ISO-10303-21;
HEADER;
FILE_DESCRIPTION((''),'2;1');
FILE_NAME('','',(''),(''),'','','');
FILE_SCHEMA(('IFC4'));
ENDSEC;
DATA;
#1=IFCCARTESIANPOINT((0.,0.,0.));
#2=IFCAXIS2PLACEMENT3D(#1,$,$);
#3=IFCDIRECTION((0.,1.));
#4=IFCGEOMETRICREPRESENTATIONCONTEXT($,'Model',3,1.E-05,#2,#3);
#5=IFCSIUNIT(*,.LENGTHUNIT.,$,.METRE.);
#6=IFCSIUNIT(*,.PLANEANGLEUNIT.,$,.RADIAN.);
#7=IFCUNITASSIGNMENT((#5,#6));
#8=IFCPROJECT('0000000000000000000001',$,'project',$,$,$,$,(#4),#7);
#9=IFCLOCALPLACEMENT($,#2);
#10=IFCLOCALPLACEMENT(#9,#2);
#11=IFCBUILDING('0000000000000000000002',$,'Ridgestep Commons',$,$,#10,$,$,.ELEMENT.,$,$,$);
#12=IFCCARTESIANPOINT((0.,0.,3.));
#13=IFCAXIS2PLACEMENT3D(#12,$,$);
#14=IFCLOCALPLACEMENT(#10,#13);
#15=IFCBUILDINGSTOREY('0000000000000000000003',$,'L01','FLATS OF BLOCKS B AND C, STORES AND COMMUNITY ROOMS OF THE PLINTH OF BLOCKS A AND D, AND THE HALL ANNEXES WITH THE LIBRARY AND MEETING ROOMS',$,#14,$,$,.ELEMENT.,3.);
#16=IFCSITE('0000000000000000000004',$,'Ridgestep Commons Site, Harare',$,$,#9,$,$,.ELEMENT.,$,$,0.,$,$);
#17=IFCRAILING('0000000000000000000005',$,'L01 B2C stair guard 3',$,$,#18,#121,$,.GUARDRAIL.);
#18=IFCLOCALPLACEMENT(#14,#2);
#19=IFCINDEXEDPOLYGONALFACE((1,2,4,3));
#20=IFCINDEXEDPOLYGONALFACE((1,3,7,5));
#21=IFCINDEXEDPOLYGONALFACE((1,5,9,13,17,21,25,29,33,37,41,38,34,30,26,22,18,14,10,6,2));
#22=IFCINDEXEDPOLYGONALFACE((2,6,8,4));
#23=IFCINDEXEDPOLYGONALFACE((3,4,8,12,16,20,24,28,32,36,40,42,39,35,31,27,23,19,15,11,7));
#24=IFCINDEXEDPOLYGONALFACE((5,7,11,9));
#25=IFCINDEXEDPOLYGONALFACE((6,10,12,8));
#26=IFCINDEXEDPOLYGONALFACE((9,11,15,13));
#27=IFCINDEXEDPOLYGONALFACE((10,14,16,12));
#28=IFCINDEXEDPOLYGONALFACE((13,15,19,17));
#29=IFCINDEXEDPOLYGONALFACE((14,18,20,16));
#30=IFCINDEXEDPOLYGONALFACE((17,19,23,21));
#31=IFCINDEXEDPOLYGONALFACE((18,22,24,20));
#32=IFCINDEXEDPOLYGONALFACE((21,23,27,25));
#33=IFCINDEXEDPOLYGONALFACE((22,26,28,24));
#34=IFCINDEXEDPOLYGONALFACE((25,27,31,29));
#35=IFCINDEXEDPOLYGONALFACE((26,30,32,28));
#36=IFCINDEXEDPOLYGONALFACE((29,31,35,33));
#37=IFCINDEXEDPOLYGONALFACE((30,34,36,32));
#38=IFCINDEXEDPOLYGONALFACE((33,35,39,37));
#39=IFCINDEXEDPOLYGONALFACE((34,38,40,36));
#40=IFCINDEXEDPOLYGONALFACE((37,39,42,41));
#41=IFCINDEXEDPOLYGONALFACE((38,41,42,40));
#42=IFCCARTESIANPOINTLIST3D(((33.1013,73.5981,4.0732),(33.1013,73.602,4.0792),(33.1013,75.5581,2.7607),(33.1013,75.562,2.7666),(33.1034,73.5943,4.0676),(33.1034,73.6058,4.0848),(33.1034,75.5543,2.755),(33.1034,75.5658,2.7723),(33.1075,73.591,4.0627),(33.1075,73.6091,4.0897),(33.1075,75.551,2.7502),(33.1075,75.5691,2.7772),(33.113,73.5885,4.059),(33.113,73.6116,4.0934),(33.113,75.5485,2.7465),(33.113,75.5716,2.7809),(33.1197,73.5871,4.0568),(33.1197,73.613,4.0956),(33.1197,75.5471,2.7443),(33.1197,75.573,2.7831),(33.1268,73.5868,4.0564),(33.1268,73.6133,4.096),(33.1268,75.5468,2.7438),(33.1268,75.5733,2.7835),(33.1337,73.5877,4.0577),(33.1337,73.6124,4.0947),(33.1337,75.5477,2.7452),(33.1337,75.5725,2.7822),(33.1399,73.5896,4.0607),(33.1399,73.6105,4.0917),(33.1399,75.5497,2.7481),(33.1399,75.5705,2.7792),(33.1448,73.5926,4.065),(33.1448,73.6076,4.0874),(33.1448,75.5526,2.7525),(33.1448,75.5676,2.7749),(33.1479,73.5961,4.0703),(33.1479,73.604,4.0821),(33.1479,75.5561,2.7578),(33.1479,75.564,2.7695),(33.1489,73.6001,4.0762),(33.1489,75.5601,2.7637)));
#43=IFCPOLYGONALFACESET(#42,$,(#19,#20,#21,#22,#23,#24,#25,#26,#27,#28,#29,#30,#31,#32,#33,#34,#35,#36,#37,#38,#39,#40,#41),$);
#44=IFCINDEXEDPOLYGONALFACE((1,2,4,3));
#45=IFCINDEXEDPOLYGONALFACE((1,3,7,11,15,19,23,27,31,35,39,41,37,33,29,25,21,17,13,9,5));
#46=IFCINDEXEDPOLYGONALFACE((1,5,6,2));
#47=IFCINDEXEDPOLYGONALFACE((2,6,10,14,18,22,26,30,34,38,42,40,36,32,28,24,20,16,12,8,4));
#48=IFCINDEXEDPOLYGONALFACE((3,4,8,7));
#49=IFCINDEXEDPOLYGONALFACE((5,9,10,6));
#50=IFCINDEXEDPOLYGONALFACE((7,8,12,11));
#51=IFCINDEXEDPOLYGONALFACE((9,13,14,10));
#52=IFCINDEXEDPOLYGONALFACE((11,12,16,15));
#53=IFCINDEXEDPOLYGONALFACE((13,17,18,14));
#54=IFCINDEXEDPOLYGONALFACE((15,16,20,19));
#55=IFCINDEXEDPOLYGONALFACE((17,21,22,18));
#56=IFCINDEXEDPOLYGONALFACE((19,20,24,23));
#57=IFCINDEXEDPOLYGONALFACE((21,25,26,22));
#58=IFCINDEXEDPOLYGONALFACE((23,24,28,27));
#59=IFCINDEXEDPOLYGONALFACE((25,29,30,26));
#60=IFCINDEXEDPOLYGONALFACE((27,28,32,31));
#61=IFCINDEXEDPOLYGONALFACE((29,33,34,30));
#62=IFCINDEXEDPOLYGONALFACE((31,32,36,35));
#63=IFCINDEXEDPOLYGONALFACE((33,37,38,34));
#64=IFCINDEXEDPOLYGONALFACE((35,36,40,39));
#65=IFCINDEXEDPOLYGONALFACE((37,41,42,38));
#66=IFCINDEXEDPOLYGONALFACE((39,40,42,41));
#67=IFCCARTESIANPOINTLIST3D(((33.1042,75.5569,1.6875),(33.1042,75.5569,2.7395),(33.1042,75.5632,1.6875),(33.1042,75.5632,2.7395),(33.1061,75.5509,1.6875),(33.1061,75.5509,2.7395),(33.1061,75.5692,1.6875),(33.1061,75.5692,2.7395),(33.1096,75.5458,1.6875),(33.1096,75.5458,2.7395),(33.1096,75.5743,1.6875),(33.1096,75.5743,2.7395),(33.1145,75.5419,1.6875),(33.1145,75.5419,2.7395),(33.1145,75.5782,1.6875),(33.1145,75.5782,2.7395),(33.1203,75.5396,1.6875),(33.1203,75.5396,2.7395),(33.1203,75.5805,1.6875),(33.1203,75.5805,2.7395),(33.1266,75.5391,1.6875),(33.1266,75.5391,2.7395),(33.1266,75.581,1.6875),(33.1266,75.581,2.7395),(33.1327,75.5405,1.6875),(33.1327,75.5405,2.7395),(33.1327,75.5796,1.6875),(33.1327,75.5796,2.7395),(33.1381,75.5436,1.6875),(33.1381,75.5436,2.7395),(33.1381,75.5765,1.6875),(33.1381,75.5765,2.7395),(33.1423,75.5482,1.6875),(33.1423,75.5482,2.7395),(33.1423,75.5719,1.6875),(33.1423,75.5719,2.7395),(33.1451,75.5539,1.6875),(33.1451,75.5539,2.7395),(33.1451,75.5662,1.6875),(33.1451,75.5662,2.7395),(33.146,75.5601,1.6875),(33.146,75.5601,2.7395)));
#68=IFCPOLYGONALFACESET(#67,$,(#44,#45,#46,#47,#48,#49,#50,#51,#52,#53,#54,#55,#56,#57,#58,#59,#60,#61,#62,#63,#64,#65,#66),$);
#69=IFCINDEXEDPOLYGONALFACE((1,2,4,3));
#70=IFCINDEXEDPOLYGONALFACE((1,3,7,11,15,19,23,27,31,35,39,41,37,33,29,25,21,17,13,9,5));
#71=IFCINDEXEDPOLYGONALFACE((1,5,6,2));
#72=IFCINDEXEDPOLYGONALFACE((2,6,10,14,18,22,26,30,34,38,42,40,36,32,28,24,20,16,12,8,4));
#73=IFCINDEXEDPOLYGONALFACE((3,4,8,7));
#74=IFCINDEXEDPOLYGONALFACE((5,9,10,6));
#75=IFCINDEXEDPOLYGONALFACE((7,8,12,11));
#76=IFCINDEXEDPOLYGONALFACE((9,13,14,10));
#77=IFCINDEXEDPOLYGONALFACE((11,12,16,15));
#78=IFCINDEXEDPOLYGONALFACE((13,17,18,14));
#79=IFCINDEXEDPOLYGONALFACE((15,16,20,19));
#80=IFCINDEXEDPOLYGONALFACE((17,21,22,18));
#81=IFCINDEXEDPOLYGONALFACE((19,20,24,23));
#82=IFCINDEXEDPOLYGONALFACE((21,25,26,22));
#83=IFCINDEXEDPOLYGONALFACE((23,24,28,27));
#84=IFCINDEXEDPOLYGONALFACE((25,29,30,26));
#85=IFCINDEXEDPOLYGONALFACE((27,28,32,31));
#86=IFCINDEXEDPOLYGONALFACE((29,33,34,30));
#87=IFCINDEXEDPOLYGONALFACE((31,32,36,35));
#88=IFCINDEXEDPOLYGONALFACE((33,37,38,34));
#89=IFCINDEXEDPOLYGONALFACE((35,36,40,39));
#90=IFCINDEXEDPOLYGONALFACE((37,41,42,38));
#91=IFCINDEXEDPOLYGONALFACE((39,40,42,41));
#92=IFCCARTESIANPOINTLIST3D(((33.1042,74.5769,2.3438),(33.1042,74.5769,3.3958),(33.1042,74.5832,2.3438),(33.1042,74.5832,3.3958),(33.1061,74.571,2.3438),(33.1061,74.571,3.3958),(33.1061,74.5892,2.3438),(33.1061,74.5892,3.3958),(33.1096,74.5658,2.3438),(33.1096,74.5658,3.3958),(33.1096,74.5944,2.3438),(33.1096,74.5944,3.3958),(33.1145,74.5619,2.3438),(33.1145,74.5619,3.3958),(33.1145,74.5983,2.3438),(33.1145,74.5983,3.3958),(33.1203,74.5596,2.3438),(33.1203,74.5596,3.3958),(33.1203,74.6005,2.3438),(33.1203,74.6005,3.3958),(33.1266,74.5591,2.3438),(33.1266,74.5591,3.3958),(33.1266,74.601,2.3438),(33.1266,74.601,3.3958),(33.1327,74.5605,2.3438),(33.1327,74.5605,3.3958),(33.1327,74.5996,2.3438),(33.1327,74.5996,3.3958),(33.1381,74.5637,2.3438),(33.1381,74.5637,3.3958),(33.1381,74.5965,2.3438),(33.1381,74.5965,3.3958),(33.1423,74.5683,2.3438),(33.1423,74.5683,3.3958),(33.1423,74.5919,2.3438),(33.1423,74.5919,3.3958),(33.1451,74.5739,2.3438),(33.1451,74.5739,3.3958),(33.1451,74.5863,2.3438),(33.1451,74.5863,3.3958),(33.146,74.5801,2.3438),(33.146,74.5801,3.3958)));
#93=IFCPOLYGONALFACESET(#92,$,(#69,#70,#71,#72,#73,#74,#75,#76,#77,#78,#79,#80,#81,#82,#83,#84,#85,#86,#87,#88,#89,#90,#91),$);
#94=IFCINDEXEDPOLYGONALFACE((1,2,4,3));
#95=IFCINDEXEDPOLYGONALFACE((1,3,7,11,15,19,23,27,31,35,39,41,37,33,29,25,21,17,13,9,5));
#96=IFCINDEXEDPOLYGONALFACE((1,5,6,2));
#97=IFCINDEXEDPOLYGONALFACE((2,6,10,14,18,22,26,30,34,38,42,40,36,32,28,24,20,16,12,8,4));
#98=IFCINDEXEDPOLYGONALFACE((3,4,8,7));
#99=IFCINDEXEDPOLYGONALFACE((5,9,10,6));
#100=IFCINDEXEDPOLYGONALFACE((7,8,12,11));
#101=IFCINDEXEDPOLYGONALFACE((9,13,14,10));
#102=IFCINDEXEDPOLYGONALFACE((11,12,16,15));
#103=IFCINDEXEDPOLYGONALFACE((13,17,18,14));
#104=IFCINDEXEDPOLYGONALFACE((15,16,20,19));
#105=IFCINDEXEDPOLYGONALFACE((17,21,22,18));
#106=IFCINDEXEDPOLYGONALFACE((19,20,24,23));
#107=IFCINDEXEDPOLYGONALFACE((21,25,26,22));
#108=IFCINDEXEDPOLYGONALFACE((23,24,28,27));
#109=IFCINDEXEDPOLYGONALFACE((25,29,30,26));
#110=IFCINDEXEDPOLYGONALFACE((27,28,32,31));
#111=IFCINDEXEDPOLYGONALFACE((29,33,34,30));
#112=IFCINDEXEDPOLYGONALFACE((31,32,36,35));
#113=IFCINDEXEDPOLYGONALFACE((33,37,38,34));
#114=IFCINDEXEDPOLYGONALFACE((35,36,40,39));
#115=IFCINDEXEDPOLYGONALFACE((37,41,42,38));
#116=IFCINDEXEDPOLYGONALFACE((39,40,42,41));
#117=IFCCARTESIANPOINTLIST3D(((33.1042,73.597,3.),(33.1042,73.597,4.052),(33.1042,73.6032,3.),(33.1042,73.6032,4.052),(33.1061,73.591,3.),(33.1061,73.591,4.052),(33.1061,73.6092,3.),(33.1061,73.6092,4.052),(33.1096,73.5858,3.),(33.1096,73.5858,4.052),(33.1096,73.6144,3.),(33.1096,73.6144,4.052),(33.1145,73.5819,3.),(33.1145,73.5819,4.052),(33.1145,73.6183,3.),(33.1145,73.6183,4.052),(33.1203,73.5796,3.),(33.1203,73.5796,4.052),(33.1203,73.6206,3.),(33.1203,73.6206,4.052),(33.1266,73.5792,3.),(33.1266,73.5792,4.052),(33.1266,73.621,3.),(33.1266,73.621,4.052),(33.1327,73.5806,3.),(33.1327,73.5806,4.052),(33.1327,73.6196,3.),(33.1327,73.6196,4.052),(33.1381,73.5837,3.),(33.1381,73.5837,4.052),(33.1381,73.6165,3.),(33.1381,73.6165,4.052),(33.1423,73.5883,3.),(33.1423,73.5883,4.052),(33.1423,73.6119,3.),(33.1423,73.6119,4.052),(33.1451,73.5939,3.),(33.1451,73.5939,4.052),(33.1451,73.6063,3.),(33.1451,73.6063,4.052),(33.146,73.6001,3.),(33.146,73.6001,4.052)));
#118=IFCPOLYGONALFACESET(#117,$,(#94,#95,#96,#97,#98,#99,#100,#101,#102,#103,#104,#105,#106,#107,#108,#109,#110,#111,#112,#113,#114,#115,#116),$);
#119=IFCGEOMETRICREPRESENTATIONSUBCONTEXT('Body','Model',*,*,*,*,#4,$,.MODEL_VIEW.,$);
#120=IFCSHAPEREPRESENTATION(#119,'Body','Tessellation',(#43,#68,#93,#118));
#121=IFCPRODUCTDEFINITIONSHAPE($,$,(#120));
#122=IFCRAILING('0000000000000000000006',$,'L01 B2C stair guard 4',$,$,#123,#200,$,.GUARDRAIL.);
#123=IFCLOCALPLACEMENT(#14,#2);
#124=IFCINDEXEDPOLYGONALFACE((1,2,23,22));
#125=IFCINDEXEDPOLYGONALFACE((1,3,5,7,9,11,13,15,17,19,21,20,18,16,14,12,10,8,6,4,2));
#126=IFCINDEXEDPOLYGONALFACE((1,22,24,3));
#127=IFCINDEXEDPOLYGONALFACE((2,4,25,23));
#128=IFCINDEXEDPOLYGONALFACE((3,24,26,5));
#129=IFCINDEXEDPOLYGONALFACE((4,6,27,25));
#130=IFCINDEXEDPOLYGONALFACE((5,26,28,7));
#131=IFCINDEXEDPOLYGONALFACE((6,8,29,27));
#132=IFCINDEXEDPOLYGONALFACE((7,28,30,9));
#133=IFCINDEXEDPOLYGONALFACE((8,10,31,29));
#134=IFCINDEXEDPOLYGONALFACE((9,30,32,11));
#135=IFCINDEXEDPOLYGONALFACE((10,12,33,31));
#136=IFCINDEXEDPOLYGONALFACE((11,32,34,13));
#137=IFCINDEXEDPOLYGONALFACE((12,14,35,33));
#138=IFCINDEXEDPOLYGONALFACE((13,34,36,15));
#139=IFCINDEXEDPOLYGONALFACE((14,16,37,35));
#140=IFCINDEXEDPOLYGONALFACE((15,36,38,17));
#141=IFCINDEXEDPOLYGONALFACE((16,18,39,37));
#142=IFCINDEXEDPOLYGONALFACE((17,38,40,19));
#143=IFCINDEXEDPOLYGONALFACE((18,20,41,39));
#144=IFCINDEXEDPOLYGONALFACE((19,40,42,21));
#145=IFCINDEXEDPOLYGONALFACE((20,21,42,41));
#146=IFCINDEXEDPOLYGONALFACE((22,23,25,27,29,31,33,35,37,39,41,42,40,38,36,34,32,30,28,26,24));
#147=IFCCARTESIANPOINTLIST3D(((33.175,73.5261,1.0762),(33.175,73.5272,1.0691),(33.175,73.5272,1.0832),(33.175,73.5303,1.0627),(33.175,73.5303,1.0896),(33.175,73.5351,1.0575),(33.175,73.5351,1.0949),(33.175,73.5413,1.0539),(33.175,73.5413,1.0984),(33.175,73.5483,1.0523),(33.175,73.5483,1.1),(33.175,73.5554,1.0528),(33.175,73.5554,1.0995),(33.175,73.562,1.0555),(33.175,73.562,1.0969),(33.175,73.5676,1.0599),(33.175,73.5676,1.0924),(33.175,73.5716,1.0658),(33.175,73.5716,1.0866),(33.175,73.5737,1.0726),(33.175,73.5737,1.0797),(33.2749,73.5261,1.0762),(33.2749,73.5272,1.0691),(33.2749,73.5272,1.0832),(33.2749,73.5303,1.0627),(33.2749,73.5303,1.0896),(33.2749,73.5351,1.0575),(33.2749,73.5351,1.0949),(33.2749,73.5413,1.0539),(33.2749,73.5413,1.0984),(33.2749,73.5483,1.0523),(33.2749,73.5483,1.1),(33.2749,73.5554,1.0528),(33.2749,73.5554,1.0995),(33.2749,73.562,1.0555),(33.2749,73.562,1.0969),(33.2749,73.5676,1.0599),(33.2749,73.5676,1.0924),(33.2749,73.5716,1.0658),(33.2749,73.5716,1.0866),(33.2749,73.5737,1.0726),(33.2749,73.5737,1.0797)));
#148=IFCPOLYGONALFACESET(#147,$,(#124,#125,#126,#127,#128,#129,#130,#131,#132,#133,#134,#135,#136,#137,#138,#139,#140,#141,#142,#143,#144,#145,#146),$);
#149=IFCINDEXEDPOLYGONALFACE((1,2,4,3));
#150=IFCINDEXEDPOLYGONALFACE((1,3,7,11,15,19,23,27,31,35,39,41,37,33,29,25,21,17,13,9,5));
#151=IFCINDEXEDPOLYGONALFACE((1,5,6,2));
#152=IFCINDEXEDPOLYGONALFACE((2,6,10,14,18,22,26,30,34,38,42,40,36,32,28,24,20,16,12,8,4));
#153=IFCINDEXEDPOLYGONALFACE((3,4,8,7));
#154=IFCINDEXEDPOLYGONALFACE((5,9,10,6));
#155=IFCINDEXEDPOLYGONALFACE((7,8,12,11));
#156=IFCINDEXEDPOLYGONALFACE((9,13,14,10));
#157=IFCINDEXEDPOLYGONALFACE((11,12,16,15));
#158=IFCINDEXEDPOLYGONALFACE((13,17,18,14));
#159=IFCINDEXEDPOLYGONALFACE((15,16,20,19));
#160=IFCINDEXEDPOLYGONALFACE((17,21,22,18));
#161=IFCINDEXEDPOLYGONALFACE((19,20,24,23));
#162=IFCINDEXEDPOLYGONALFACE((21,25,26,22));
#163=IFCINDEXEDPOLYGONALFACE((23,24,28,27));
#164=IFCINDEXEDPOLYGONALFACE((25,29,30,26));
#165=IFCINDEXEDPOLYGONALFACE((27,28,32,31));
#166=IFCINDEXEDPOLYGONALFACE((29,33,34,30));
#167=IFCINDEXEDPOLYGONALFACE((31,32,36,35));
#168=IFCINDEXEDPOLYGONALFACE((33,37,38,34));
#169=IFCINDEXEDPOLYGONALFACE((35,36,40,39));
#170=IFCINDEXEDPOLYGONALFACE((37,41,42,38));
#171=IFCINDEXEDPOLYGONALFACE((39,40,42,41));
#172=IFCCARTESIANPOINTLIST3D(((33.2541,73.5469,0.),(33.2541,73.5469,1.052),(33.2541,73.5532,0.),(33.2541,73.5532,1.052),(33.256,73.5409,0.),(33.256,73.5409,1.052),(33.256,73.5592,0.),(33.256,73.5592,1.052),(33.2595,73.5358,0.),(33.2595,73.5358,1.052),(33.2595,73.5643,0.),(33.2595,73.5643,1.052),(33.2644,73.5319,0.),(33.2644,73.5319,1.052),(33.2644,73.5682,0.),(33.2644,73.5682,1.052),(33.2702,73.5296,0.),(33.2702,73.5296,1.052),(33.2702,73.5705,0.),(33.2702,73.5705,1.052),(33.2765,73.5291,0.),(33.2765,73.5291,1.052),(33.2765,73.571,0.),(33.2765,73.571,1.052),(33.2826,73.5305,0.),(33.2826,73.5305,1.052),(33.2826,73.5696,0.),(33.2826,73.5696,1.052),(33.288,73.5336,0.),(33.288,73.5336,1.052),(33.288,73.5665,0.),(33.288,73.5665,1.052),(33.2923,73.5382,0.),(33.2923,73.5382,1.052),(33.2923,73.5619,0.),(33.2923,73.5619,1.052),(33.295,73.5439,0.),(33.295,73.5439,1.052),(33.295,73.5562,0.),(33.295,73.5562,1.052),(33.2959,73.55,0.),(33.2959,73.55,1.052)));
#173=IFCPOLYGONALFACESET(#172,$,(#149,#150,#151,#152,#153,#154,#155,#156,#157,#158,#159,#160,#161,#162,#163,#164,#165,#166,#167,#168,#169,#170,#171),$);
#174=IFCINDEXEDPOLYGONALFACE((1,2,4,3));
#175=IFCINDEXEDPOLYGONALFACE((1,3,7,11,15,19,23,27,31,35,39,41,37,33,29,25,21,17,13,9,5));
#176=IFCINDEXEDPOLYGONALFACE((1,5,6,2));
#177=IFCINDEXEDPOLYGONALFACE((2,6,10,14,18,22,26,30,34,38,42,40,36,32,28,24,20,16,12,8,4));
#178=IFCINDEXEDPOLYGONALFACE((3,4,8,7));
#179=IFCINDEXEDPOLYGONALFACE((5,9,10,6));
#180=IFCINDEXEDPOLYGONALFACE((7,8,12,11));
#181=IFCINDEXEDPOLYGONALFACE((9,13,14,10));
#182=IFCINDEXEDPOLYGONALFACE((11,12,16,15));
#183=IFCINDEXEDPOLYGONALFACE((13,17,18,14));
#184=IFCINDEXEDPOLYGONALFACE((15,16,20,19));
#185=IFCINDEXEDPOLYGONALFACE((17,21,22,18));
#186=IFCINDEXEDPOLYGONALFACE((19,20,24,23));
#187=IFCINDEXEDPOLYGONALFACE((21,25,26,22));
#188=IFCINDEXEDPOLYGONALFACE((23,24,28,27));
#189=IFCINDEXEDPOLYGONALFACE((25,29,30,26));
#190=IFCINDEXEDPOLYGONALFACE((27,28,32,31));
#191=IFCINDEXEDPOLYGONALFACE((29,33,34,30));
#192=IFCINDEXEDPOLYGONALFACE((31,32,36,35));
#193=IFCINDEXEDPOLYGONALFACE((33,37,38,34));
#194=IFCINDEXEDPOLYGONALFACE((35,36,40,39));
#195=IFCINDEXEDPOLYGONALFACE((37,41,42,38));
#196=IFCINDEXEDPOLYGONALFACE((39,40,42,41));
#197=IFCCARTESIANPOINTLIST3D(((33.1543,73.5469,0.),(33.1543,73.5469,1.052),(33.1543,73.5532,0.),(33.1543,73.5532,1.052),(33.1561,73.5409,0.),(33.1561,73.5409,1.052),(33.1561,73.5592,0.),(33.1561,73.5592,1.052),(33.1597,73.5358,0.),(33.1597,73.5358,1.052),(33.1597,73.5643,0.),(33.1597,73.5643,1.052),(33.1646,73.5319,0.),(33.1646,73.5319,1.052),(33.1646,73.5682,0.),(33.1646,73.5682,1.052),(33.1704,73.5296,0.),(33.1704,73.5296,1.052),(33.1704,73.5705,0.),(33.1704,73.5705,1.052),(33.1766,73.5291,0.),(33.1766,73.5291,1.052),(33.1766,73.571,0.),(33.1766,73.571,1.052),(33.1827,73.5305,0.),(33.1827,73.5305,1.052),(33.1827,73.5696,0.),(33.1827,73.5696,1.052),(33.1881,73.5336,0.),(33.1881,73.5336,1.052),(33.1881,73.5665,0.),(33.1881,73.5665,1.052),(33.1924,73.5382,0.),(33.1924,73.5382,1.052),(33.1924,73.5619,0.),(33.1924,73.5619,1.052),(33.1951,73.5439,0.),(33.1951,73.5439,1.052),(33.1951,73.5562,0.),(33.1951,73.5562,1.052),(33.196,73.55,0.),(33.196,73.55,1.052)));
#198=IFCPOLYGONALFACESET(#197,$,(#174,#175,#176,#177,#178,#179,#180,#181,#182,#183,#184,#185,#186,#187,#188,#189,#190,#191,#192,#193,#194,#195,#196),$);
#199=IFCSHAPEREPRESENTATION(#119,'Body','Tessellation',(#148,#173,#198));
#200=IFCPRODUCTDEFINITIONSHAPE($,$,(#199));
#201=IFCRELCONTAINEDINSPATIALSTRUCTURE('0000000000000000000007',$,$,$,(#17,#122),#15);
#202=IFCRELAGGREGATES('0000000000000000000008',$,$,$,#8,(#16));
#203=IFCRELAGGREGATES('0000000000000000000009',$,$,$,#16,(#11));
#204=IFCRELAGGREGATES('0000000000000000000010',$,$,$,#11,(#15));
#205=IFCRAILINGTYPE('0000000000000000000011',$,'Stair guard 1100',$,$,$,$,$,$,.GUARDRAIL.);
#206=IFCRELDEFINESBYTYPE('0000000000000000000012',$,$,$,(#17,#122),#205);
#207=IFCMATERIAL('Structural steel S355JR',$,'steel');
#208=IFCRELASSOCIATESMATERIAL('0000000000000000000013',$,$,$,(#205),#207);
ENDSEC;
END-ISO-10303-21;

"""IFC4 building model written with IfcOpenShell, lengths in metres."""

from ifc_helpers import new_model, si_unit, direction, frame, origin, origin_2d, place, context, subcontext, project, spatial, circle, extrude, material, type_object, element, save


model = new_model("IFC4")

# Units and contexts
model_context = context("Model", 3, precision=1e-05, world=origin(), true_north=direction((0.0, 1.0)))
body_context = subcontext(model_context, "Body", "Model", "MODEL_VIEW")
ifc_project = project(units=[si_unit("LENGTHUNIT", "METRE"), si_unit("PLANEANGLEUNIT", "RADIAN")], contexts=[model_context])

# Site, building, storey
site_placement = place(None, origin())
site = spatial("IfcSite", under=ifc_project, at=site_placement, Name="Ridgestep Commons Site, Harare", CompositionType="ELEMENT", RefElevation=0.0)
building_placement = place(site_placement, origin())
building = spatial("IfcBuilding", under=site, at=building_placement, Name="Ridgestep Commons", CompositionType="ELEMENT")
storey_placement = place(building_placement, frame((0.0, 0.0, 3.0)))
storey = spatial("IfcBuildingStorey", under=building, at=storey_placement, Name="L01", Description="FLATS OF BLOCKS B AND C, STORES AND COMMUNITY ROOMS OF THE PLINTH OF BLOCKS A AND D, AND THE HALL ANNEXES WITH THE LIBRARY AND MEETING ROOMS", CompositionType="ELEMENT", Elevation=3.0)

# Railings
ifc_material_1 = material(Name="Structural steel S355JR", Category="steel")
railing_type_1 = type_object("IfcRailingType", Name="Stair guard 1100", PredefinedType="GUARDRAIL", material=ifc_material_1)
railing_1_placement = place(storey_placement, frame((33.125, 75.5601, 1.6875)))
element("IfcRailing", 1, at=railing_1_placement, inside=storey, type_object=railing_type_1, Name="L01 B2C stair guard 3", PredefinedType="GUARDRAIL", context=body_context, shape_type="SweptSolid", body=[
    extrude(circle(Radius=0.0239, at=origin_2d()), frame((0.0, 0.0, 1.0762), z_axis=(0.0, -0.830902, 0.556419), x_axis=(1.0, 0.0, 0.0)), (0.0, 0.0, 1.0), 2.3589),
    extrude(circle(Radius=0.021, at=origin_2d()), origin(), (0.0, 0.0, 1.0), 1.052),
    extrude(circle(Radius=0.021, at=origin_2d()), frame((0.0, -0.98, 0.6562)), (0.0, 0.0, 1.0), 1.052),
    extrude(circle(Radius=0.021, at=origin_2d()), frame((0.0, -1.96, 1.3125)), (0.0, 0.0, 1.0), 1.052),
])
railing_2_placement = place(storey_placement, frame((33.2749, 73.55, 0.0)))
element("IfcRailing", 2, at=railing_2_placement, inside=storey, type_object=railing_type_1, Name="L01 B2C stair guard 4", PredefinedType="GUARDRAIL", context=body_context, shape_type="SweptSolid", body=[
    extrude(circle(Radius=0.0239, at=origin_2d()), frame((0.0, 0.0, 1.0762), z_axis=(-1.0, 0.0, 0.0), x_axis=(0.0, -1.0, 0.0)), (0.0, 0.0, 1.0), 0.0999),
    extrude(circle(Radius=0.021, at=origin_2d()), origin(), (0.0, 0.0, 1.0), 1.052),
    extrude(circle(Radius=0.021, at=origin_2d()), frame((-0.0999, 0.0, 0.0)), (0.0, 0.0, 1.0), 1.052),
])

save(model, "model.ifc")
